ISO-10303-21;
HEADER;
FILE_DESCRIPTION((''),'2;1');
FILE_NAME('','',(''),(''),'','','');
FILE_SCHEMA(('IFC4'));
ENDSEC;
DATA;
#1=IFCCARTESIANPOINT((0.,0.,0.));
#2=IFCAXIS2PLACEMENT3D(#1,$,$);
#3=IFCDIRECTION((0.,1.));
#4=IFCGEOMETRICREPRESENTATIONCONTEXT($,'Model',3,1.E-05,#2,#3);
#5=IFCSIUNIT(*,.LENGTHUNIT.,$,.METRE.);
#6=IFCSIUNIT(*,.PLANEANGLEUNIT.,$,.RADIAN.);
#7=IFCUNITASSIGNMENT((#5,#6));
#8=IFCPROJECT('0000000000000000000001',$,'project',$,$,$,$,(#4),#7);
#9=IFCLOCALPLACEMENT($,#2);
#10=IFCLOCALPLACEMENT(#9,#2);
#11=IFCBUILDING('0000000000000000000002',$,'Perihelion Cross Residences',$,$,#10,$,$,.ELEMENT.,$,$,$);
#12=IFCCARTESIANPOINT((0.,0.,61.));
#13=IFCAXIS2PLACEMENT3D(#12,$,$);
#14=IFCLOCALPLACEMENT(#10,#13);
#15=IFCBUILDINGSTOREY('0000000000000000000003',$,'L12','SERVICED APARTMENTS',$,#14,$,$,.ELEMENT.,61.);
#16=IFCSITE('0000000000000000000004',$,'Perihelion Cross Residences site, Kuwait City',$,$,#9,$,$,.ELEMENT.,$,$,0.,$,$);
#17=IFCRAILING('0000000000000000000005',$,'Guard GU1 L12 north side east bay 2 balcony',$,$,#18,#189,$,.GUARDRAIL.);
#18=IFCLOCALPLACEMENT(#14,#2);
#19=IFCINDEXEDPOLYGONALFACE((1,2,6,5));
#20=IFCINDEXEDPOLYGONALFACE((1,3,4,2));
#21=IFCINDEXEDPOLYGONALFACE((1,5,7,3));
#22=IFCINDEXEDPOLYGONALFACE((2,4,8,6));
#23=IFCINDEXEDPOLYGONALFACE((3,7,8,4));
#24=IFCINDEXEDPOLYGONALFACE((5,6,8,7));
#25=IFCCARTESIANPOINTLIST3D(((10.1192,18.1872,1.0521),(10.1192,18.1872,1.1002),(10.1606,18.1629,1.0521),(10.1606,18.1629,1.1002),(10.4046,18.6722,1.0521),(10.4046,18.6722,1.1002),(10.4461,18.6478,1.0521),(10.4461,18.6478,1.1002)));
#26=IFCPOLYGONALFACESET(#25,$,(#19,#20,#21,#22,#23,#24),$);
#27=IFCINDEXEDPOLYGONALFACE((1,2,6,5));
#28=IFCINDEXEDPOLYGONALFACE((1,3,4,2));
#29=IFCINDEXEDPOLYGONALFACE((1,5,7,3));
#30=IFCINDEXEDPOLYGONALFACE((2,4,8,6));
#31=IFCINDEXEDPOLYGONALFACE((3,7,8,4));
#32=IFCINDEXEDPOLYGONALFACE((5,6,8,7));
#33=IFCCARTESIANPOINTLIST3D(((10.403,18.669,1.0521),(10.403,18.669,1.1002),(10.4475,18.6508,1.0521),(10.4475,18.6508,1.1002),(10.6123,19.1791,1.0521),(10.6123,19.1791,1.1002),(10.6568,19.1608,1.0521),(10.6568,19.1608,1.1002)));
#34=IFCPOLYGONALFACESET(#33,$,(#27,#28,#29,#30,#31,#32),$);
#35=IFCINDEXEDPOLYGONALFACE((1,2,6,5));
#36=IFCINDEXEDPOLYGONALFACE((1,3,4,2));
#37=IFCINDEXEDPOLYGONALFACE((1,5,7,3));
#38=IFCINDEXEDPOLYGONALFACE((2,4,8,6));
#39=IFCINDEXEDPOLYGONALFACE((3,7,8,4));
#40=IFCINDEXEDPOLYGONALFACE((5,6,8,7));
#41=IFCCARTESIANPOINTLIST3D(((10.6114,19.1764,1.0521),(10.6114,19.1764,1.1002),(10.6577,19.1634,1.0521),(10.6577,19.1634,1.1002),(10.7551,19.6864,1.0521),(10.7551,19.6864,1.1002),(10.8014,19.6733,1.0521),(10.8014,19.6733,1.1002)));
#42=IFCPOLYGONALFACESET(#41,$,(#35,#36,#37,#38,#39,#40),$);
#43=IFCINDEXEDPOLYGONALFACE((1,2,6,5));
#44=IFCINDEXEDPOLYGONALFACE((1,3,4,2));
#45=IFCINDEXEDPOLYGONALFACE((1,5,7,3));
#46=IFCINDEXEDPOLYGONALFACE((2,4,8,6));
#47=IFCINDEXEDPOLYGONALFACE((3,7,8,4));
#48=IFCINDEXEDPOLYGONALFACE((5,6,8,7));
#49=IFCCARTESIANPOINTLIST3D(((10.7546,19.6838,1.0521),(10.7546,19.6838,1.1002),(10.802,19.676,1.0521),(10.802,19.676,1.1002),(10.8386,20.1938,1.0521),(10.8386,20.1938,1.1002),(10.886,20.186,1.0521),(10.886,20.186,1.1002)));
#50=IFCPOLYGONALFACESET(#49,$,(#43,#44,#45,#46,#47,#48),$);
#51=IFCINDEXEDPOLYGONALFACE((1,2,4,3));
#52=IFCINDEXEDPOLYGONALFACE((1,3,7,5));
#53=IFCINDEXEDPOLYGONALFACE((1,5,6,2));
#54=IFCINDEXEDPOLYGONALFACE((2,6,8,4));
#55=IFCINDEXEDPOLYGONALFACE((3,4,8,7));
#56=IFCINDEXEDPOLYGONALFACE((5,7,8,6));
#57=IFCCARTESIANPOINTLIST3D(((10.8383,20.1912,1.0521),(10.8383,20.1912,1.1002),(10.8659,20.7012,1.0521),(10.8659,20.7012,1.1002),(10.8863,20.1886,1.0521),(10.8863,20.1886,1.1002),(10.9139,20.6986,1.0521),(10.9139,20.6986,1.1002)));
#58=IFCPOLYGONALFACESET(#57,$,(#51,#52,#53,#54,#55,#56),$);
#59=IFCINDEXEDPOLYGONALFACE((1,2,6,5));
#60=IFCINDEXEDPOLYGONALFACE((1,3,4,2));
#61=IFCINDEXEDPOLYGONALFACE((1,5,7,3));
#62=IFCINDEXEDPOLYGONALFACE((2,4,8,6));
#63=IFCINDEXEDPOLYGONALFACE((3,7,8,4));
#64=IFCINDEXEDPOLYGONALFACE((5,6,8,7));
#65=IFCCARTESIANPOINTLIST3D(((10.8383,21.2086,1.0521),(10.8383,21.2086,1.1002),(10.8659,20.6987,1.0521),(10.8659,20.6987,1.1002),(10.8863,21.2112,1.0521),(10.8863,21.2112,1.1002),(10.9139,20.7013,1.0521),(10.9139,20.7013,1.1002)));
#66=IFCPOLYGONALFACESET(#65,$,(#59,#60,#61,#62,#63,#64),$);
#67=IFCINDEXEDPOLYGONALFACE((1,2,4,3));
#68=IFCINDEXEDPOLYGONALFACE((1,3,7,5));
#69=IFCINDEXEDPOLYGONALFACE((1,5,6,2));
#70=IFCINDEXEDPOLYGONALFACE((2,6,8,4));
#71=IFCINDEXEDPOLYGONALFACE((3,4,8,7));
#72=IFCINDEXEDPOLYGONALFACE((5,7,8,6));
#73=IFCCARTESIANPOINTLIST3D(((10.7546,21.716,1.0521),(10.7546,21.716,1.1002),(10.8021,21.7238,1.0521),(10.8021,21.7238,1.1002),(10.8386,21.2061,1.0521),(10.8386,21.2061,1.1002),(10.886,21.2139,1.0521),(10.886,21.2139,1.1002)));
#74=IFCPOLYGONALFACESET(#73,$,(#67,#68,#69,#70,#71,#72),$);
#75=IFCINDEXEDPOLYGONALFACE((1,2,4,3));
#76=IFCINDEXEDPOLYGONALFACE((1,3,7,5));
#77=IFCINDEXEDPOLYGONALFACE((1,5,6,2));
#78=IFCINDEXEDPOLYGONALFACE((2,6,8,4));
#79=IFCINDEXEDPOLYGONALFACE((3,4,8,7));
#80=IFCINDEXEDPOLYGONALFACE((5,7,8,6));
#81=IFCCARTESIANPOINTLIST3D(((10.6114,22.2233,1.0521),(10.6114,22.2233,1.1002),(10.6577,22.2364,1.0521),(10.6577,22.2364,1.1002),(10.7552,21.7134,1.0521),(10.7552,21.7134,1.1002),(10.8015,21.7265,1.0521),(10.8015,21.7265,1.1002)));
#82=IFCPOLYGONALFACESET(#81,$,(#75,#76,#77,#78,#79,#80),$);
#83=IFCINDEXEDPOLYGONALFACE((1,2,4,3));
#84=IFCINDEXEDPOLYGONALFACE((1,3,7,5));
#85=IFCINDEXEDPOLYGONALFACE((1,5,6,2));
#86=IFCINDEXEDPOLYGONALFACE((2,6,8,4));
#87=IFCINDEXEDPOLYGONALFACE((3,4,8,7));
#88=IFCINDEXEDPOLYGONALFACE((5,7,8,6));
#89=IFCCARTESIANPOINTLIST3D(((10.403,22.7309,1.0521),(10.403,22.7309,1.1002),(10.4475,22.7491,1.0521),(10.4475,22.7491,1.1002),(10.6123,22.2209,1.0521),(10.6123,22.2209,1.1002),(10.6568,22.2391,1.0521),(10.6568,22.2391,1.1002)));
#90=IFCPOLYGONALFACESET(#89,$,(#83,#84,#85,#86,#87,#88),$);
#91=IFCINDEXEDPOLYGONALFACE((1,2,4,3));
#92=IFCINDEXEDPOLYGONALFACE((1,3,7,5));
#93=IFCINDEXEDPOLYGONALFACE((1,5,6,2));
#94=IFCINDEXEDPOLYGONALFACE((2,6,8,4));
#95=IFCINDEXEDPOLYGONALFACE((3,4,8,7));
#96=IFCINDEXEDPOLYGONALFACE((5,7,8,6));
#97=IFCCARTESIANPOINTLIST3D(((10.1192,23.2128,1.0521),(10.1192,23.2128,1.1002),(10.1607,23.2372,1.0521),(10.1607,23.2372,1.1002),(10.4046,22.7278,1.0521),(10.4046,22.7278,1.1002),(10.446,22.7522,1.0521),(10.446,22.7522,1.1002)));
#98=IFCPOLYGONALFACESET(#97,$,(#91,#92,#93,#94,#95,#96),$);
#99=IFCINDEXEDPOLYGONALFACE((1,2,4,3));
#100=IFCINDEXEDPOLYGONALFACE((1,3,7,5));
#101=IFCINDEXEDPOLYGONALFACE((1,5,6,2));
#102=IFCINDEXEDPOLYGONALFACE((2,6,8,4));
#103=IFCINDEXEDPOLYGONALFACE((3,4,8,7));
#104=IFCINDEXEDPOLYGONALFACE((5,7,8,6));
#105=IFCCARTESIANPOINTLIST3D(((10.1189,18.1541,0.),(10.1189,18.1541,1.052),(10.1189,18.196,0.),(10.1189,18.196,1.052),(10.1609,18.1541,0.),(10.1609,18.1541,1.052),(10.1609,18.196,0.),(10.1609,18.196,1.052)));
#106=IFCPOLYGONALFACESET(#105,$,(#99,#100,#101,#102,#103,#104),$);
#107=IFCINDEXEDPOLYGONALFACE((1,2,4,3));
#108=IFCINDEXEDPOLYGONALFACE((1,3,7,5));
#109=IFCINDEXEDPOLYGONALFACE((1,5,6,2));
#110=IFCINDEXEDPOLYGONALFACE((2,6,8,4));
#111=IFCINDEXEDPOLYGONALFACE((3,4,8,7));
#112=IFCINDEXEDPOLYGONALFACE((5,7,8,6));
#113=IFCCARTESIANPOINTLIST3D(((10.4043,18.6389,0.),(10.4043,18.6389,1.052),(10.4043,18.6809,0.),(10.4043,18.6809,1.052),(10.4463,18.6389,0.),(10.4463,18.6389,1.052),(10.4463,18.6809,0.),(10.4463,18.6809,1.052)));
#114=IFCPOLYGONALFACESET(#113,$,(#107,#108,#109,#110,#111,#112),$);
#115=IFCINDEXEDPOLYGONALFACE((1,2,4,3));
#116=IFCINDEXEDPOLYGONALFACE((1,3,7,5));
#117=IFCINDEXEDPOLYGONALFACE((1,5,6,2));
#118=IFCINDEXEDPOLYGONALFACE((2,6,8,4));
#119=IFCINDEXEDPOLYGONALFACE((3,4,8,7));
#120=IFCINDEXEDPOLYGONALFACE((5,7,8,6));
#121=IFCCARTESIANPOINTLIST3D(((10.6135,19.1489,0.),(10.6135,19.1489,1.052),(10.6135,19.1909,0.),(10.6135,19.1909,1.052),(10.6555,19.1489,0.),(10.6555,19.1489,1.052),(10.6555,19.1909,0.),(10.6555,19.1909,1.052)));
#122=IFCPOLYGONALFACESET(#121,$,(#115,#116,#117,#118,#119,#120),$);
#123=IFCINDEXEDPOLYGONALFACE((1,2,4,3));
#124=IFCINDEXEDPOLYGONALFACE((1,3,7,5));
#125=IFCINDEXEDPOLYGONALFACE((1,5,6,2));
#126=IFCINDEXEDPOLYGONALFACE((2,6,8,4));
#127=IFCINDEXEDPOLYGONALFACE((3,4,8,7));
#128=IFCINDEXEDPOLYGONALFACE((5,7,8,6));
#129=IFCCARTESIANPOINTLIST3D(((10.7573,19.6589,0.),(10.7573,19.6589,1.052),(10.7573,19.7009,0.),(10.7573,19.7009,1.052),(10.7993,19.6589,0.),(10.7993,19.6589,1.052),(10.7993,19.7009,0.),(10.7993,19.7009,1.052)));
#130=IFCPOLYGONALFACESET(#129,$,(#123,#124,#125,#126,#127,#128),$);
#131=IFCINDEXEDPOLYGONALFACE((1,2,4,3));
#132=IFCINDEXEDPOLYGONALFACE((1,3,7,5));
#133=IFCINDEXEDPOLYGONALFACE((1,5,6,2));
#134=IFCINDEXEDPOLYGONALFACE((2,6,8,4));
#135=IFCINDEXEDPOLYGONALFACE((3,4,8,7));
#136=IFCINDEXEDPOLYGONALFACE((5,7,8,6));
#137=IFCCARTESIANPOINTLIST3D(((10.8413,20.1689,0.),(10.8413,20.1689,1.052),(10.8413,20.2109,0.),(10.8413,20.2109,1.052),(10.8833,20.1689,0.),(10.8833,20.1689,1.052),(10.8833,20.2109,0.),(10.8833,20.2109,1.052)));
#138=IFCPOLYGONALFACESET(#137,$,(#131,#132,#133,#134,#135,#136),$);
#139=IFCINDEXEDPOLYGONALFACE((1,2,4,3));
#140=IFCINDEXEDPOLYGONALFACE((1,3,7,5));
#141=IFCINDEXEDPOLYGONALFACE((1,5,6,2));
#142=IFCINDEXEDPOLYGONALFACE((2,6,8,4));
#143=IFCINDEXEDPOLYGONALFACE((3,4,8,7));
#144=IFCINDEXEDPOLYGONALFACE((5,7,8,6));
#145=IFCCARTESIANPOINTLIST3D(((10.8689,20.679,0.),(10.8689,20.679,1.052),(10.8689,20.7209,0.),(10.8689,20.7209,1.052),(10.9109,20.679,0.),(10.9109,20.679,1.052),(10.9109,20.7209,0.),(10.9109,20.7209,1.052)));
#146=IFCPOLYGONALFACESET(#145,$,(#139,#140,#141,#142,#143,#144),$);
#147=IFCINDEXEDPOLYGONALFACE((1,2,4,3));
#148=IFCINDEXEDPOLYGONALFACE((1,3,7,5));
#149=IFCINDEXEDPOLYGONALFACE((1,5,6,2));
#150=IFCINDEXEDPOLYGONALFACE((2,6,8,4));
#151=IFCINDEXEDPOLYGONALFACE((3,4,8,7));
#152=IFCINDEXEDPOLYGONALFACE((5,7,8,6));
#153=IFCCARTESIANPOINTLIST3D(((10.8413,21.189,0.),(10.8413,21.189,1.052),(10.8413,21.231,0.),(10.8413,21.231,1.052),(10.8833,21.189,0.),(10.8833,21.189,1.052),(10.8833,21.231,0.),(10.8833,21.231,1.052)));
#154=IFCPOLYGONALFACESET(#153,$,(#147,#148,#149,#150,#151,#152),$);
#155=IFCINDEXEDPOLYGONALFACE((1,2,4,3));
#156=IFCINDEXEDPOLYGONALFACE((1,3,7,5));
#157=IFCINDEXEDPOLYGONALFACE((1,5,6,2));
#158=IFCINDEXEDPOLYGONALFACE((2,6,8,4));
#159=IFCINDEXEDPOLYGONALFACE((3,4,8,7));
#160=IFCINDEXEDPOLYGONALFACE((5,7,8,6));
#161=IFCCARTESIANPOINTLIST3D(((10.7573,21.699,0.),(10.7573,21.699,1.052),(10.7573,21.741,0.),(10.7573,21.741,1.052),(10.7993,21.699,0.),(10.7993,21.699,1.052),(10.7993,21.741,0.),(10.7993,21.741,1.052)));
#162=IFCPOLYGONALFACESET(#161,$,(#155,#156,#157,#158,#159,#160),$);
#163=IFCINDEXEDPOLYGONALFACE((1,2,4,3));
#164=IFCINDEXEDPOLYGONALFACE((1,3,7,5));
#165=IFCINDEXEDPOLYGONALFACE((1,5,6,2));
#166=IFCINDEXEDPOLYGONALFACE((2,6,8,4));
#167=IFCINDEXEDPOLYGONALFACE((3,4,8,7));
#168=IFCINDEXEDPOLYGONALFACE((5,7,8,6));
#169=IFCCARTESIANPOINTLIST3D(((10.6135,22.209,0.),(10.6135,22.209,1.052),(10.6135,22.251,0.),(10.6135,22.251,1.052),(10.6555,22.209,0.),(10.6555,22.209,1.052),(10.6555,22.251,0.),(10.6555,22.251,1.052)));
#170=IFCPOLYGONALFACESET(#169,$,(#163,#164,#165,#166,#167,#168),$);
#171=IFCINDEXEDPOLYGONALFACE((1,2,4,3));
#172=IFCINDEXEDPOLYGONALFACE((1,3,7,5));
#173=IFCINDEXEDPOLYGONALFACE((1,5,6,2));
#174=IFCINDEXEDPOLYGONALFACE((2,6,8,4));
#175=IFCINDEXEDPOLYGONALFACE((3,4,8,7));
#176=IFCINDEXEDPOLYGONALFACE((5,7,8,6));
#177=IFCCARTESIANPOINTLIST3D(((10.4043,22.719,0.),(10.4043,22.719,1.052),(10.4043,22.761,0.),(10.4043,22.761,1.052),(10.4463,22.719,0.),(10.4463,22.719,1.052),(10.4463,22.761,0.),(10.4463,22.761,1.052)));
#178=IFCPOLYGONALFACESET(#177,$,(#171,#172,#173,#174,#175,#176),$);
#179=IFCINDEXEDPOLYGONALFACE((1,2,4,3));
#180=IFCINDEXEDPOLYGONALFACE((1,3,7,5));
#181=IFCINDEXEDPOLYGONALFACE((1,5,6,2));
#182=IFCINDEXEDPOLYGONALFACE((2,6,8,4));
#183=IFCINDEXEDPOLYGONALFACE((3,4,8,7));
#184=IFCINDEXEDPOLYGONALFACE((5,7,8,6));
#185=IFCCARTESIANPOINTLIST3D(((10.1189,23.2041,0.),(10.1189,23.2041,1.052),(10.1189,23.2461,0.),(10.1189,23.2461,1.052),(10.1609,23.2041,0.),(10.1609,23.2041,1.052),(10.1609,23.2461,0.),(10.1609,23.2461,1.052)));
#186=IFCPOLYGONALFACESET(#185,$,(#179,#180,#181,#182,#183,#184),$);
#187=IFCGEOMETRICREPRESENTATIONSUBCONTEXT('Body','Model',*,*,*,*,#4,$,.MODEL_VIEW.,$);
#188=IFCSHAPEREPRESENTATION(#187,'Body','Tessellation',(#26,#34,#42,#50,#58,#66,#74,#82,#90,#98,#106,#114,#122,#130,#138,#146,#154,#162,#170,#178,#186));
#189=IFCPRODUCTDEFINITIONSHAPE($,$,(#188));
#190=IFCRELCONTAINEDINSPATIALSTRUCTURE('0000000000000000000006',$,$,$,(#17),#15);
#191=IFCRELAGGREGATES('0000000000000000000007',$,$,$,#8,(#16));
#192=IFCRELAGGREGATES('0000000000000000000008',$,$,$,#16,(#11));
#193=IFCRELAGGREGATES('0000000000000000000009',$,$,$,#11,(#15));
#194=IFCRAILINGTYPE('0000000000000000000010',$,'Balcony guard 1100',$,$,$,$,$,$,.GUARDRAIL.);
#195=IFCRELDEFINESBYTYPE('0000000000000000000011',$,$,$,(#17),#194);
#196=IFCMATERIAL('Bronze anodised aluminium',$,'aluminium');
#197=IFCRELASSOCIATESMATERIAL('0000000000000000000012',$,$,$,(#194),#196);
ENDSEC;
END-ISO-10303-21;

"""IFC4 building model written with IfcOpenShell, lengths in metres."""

from ifc_helpers import new_model, si_unit, direction, frame, origin, origin_2d, place, context, subcontext, project, spatial, rectangle, extrude, material, type_object, element, save


model = new_model("IFC4")

# Units and contexts
model_context = context("Model", 3, precision=1e-05, world=origin(), true_north=direction((0.0, 1.0)))
body_context = subcontext(model_context, "Body", "Model", "MODEL_VIEW")
ifc_project = project(units=[si_unit("LENGTHUNIT", "METRE"), si_unit("PLANEANGLEUNIT", "RADIAN")], contexts=[model_context])

# Site, building, storey
site_placement = place(None, origin())
site = spatial("IfcSite", under=ifc_project, at=site_placement, Name="Perihelion Cross Residences site, Kuwait City", CompositionType="ELEMENT", RefElevation=0.0)
building_placement = place(site_placement, origin())
building = spatial("IfcBuilding", under=site, at=building_placement, Name="Perihelion Cross Residences", CompositionType="ELEMENT")
storey_placement = place(building_placement, frame((0.0, 0.0, 61.0)))
storey = spatial("IfcBuildingStorey", under=building, at=storey_placement, Name="L12", Description="SERVICED APARTMENTS", CompositionType="ELEMENT", Elevation=61.0)

# Railing
ifc_material_1 = material(Name="Bronze anodised aluminium", Category="aluminium")
railing_type = type_object("IfcRailingType", Name="Balcony guard 1100", PredefinedType="GUARDRAIL", material=ifc_material_1)
railing_1_placement = place(storey_placement, frame((10.1399, 18.175, 0.0)))
element("IfcRailing", 1, at=railing_1_placement, inside=storey, type_object=railing_type, Name="Guard GU1 L12 north side east bay 2 balcony", PredefinedType="GUARDRAIL", context=body_context, shape_type="SweptSolid", body=[
    extrude(rectangle(XDim=0.0481, YDim=0.0481, at=origin_2d()), frame((0.0, 0.0, 1.0762), z_axis=(0.507267, 0.861789, 0.0), x_axis=(-0.861789, 0.507267, 0.0)), (0.0, 0.0, 1.0), 0.5627),
    extrude(rectangle(XDim=0.0481, YDim=0.0481, at=origin_2d()), frame((0.2854, 0.4849, 1.0762), z_axis=(0.379547, 0.925173, 0.0), x_axis=(-0.925173, 0.379547, 0.0)), (0.0, 0.0, 1.0), 0.5513),
    extrude(rectangle(XDim=0.0481, YDim=0.0481, at=origin_2d()), frame((0.4946, 0.9949, 1.0762), z_axis=(0.271373, 0.962474, 0.0), x_axis=(-0.962474, 0.271373, 0.0)), (0.0, 0.0, 1.0), 0.5298),
    extrude(rectangle(XDim=0.0481, YDim=0.0481, at=origin_2d()), frame((0.6384, 1.5049, 1.0762), z_axis=(0.162484, 0.986711, 0.0), x_axis=(-0.986711, 0.162484, 0.0)), (0.0, 0.0, 1.0), 0.5168),
    extrude(rectangle(XDim=0.0481, YDim=0.0481, at=origin_2d()), frame((0.7224, 2.0149, 1.0762), z_axis=(0.054014, 0.99854, 0.0), x_axis=(-0.99854, 0.054014, 0.0)), (0.0, 0.0, 1.0), 0.5107),
    extrude(rectangle(XDim=0.0481, YDim=0.0481, at=origin_2d()), frame((0.75, 2.5249, 1.0762), z_axis=(-0.054014, 0.99854, 0.0), x_axis=(-0.99854, -0.054014, 0.0)), (0.0, 0.0, 1.0), 0.5107),
    extrude(rectangle(XDim=0.0481, YDim=0.0481, at=origin_2d()), frame((0.7224, 3.0349, 1.0762), z_axis=(-0.162484, 0.986711, 0.0), x_axis=(-0.986711, -0.162484, 0.0)), (0.0, 0.0, 1.0), 0.5168),
    extrude(rectangle(XDim=0.0481, YDim=0.0481, at=origin_2d()), frame((0.6384, 3.5449, 1.0762), z_axis=(-0.271373, 0.962474, 0.0), x_axis=(-0.962474, -0.271373, 0.0)), (0.0, 0.0, 1.0), 0.5298),
    extrude(rectangle(XDim=0.0481, YDim=0.0481, at=origin_2d()), frame((0.4946, 4.0549, 1.0762), z_axis=(-0.379547, 0.925173, 0.0), x_axis=(-0.925173, -0.379547, 0.0)), (0.0, 0.0, 1.0), 0.5513),
    extrude(rectangle(XDim=0.0481, YDim=0.0481, at=origin_2d()), frame((0.2854, 4.5649, 1.0762), z_axis=(-0.507077, 0.861901, 0.0), x_axis=(-0.861901, -0.507077, 0.0)), (0.0, 0.0, 1.0), 0.5627),
    extrude(rectangle(XDim=0.042, YDim=0.042, at=origin_2d()), origin(), (0.0, 0.0, 1.0), 1.052),
    extrude(rectangle(XDim=0.042, YDim=0.042, at=origin_2d()), frame((0.2854, 0.4849, 0.0)), (0.0, 0.0, 1.0), 1.052),
    extrude(rectangle(XDim=0.042, YDim=0.042, at=origin_2d()), frame((0.4946, 0.9949, 0.0)), (0.0, 0.0, 1.0), 1.052),
    extrude(rectangle(XDim=0.042, YDim=0.042, at=origin_2d()), frame((0.6384, 1.5049, 0.0)), (0.0, 0.0, 1.0), 1.052),
    extrude(rectangle(XDim=0.042, YDim=0.042, at=origin_2d()), frame((0.7224, 2.0149, 0.0)), (0.0, 0.0, 1.0), 1.052),
    extrude(rectangle(XDim=0.042, YDim=0.042, at=origin_2d()), frame((0.75, 2.5249, 0.0)), (0.0, 0.0, 1.0), 1.052),
    extrude(rectangle(XDim=0.042, YDim=0.042, at=origin_2d()), frame((0.7224, 3.0349, 0.0)), (0.0, 0.0, 1.0), 1.052),
    extrude(rectangle(XDim=0.042, YDim=0.042, at=origin_2d()), frame((0.6384, 3.5449, 0.0)), (0.0, 0.0, 1.0), 1.052),
    extrude(rectangle(XDim=0.042, YDim=0.042, at=origin_2d()), frame((0.4946, 4.0549, 0.0)), (0.0, 0.0, 1.0), 1.052),
    extrude(rectangle(XDim=0.042, YDim=0.042, at=origin_2d()), frame((0.2854, 4.5649, 0.0)), (0.0, 0.0, 1.0), 1.052),
    extrude(rectangle(XDim=0.042, YDim=0.042, at=origin_2d()), frame((0.0, 5.05, 0.0)), (0.0, 0.0, 1.0), 1.052),
])

save(model, "model.ifc")
